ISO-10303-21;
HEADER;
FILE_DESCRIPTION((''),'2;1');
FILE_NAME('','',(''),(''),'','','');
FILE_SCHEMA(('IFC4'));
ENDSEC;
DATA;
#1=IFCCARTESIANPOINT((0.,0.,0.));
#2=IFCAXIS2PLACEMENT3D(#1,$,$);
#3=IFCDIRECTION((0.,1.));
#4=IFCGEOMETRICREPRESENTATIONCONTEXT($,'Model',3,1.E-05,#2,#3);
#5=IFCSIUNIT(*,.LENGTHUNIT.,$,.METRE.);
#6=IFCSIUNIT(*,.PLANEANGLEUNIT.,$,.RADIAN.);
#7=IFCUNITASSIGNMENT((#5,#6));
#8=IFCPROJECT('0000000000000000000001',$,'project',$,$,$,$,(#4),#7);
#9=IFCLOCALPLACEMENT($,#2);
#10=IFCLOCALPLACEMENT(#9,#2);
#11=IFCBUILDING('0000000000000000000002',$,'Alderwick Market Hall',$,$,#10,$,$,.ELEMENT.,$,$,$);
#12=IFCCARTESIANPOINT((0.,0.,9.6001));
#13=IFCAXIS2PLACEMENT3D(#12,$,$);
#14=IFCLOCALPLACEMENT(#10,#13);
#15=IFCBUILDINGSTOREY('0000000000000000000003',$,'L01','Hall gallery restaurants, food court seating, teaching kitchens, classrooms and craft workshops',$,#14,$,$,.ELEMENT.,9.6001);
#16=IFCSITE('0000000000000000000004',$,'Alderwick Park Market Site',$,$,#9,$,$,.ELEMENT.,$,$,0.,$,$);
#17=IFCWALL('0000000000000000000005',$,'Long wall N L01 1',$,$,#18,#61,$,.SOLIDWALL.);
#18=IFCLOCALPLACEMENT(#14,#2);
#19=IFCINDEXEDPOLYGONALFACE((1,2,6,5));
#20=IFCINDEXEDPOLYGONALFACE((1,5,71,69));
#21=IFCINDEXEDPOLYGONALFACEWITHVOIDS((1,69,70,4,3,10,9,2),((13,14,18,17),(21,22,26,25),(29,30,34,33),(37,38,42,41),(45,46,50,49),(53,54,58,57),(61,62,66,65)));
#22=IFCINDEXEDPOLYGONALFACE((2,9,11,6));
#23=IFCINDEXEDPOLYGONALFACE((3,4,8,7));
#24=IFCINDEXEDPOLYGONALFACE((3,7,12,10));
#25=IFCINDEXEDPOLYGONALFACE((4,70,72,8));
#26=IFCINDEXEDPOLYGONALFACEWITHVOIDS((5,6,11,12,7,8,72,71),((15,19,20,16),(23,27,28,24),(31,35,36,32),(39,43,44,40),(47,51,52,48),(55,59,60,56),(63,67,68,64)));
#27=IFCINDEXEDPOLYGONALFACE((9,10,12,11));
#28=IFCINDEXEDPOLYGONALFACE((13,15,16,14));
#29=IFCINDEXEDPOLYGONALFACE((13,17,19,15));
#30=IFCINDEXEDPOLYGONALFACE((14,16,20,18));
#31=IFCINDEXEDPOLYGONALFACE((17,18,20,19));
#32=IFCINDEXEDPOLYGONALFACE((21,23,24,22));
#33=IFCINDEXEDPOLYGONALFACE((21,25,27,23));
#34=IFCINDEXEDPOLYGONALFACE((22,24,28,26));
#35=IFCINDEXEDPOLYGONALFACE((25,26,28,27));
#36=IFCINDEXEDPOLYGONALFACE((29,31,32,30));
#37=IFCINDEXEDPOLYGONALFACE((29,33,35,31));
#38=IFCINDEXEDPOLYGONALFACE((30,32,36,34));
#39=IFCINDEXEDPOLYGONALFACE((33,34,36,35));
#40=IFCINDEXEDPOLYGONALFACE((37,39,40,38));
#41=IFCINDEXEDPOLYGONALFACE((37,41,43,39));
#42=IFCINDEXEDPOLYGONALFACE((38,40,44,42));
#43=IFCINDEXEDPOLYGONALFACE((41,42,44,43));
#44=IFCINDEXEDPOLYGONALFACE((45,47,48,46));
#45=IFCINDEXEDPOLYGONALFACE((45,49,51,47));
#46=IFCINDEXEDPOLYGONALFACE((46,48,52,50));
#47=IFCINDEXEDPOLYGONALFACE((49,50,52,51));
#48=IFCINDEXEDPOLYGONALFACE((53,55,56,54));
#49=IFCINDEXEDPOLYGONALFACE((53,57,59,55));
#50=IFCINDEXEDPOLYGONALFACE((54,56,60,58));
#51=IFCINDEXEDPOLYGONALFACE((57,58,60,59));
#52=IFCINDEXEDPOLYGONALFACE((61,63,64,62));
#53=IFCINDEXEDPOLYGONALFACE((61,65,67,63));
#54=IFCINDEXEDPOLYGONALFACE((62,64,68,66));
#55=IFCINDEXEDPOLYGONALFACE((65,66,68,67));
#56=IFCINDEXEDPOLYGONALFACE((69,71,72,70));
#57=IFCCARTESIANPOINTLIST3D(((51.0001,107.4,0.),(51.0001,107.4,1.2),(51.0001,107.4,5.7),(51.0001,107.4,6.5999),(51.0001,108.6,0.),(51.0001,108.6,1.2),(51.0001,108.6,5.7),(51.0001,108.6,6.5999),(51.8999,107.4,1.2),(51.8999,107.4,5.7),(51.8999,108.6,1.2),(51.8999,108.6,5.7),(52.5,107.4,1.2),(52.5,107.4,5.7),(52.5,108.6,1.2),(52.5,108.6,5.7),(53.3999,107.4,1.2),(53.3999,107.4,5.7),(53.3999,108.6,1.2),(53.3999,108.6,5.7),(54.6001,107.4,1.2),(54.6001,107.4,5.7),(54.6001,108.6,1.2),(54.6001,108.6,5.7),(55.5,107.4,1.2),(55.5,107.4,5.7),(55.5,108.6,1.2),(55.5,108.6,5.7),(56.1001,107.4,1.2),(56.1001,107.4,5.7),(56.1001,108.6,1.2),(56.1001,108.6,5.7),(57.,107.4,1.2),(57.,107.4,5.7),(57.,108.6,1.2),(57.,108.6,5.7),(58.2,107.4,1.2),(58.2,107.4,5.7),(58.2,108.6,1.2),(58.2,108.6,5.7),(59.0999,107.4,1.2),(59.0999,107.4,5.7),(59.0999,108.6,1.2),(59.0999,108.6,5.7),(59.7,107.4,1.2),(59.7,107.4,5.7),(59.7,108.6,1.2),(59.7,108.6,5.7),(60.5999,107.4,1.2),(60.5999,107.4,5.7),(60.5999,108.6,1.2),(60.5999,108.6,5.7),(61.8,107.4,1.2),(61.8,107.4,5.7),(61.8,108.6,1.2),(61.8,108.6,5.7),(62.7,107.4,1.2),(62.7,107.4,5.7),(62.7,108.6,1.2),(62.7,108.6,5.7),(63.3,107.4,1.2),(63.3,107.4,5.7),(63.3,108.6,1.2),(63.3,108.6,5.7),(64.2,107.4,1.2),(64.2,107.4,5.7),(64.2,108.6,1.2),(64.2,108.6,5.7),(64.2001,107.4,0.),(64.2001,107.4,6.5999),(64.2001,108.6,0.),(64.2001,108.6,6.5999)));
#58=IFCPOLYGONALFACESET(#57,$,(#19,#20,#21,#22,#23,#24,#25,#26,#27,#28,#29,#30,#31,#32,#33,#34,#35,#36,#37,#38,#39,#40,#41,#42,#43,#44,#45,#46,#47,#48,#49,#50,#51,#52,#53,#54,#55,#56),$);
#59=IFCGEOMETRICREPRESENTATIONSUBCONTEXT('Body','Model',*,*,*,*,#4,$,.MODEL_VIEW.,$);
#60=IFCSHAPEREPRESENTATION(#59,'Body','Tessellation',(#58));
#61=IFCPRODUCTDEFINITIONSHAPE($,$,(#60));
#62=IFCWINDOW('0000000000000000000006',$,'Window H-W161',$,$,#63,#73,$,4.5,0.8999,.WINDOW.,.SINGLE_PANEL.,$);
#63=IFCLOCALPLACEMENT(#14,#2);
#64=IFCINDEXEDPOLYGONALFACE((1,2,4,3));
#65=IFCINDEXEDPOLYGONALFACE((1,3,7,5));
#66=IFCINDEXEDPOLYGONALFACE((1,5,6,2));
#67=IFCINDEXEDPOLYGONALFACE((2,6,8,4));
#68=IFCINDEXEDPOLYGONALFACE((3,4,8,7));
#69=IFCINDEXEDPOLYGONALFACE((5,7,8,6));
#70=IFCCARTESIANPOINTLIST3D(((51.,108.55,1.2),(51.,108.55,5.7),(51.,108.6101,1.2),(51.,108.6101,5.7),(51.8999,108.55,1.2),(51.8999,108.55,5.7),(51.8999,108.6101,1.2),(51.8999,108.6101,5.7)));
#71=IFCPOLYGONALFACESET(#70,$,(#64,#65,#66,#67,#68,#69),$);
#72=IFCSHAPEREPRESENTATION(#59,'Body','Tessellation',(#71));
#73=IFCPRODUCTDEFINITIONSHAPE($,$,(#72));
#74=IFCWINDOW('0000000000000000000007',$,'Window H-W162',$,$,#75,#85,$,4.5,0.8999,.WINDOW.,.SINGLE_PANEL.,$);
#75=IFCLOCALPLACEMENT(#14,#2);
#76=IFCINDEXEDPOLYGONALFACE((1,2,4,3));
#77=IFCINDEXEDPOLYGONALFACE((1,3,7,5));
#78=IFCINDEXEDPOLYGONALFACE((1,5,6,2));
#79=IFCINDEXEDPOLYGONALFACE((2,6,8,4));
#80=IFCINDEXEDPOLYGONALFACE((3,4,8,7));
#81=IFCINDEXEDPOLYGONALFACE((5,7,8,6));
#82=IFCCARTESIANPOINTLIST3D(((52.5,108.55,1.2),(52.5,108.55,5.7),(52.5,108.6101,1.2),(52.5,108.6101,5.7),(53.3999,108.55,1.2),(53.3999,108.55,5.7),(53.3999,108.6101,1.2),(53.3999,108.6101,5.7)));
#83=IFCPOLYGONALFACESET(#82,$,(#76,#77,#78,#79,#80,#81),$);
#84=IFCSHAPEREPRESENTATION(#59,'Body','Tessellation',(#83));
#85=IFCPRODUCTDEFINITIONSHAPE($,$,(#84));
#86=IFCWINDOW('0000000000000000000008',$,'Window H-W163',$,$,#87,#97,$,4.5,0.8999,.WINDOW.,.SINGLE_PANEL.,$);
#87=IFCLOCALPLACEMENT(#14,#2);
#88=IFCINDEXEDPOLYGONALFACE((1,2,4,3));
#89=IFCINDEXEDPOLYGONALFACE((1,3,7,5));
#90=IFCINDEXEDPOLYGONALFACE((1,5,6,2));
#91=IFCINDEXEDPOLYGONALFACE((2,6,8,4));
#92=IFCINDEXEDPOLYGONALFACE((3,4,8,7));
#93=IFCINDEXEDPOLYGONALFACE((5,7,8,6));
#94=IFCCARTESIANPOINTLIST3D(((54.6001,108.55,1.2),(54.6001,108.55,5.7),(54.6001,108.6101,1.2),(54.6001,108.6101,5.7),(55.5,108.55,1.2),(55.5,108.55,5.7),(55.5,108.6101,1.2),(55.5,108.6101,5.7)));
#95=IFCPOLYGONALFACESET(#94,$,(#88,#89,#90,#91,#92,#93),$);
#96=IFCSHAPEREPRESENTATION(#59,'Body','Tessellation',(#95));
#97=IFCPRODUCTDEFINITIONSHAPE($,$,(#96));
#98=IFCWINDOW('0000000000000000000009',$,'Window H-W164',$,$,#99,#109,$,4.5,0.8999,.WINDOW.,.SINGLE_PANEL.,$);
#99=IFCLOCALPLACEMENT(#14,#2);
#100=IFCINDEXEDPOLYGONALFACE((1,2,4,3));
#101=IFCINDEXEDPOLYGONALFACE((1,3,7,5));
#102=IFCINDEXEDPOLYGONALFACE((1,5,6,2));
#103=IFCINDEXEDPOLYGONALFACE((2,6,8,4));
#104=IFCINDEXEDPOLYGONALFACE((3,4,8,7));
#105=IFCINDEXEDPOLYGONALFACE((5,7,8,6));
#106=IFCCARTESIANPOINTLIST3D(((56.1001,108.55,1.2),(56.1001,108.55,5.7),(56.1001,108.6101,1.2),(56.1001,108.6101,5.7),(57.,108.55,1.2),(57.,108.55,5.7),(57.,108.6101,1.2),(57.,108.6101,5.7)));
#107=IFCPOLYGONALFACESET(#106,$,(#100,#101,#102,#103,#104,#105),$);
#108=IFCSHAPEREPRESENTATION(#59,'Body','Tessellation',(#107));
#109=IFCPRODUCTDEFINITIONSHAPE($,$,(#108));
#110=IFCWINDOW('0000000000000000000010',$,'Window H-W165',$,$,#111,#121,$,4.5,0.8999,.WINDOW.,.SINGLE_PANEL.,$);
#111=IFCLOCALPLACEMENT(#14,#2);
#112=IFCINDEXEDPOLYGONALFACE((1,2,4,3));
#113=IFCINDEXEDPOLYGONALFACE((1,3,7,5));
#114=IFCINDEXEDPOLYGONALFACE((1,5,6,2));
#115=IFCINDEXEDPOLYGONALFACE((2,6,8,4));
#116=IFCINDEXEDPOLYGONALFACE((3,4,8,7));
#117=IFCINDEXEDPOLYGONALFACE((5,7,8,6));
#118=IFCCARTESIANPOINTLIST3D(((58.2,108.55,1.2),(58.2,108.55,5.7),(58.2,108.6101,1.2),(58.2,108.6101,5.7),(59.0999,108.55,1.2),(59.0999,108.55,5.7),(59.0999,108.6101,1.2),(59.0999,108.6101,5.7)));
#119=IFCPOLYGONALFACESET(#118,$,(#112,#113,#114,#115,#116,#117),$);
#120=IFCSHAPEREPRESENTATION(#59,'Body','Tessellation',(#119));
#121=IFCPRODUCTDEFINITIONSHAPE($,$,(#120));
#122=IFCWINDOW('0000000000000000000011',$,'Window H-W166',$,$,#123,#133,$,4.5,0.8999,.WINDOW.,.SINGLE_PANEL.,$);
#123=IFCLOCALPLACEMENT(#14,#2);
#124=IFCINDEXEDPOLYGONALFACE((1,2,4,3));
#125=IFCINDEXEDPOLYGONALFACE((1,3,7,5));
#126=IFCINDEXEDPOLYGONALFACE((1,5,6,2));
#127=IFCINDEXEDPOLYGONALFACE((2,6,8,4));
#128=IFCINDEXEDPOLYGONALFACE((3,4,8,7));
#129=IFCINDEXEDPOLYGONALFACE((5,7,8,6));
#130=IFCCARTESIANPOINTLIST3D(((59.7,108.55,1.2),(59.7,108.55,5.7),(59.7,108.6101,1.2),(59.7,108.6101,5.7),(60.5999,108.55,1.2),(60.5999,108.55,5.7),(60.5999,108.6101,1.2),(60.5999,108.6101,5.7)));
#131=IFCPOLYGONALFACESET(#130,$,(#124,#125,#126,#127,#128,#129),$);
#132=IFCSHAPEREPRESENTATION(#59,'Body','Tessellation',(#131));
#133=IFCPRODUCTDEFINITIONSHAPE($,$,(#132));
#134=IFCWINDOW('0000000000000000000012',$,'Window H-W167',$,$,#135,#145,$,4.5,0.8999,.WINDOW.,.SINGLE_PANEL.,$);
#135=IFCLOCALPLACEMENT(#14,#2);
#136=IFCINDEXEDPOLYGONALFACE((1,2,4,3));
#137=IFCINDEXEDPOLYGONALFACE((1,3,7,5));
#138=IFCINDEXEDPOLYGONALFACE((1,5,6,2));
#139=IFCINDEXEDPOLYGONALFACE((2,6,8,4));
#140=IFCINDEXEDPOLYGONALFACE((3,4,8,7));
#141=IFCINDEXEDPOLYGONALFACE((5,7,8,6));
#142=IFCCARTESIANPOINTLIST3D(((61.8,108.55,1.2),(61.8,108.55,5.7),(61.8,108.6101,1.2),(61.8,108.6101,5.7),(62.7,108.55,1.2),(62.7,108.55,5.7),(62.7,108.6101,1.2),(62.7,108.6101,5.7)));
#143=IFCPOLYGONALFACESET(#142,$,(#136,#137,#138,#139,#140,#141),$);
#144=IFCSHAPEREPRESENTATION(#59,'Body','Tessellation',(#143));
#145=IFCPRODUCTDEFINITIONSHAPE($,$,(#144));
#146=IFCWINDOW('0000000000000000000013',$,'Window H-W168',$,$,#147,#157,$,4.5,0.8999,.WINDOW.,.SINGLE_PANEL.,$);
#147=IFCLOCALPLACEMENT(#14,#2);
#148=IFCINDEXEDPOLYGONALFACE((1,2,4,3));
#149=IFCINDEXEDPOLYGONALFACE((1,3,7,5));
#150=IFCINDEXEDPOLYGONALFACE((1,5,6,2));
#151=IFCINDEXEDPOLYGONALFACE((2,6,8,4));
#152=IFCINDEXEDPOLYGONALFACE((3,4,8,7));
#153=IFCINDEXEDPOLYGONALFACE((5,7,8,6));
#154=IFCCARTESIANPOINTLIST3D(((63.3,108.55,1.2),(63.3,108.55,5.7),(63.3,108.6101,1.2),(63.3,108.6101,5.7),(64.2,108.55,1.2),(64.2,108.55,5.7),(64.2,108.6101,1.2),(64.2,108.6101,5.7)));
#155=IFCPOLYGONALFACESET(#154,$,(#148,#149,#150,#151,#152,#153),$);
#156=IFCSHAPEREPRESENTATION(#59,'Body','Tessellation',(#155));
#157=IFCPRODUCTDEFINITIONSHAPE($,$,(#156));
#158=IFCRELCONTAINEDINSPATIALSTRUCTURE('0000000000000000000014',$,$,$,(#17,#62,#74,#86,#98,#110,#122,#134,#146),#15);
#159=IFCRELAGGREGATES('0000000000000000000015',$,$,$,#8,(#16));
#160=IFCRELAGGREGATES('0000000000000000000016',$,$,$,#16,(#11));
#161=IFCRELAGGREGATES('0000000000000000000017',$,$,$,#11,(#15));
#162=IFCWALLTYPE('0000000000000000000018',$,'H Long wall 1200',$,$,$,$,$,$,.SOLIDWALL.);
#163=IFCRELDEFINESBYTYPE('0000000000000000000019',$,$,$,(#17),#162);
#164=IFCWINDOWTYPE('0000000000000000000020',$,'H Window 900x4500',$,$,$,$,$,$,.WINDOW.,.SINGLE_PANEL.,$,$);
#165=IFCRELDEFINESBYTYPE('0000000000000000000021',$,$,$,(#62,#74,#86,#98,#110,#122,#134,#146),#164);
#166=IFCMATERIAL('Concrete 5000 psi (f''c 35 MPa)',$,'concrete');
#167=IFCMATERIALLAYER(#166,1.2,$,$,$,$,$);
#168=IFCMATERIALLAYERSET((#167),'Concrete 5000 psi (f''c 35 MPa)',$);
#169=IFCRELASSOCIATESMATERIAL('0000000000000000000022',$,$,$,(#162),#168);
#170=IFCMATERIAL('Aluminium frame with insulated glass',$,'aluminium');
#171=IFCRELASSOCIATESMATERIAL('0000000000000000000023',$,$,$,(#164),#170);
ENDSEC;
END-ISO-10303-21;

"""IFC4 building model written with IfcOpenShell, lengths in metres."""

from ifc_helpers import new_model, si_unit, direction, frame, frame_2d, origin, place, context, subcontext, project, spatial, rectangle, extrude, material, layer, layer_set, type_object, element, fill, save


model = new_model("IFC4")

# Units and contexts
model_context = context("Model", 3, precision=1e-05, world=origin(), true_north=direction((0.0, 1.0)))
body_context = subcontext(model_context, "Body", "Model", "MODEL_VIEW")
ifc_project = project(units=[si_unit("LENGTHUNIT", "METRE"), si_unit("PLANEANGLEUNIT", "RADIAN")], contexts=[model_context])

# Site, building, storey
site_placement = place(None, origin())
site = spatial("IfcSite", under=ifc_project, at=site_placement, Name="Alderwick Park Market Site", CompositionType="ELEMENT", RefElevation=0.0)
building_placement = place(site_placement, origin())
building = spatial("IfcBuilding", under=site, at=building_placement, Name="Alderwick Market Hall", CompositionType="ELEMENT")
storey_placement = place(building_placement, frame((0.0, 0.0, 9.6001)))
storey = spatial("IfcBuildingStorey", under=building, at=storey_placement, Name="L01", Description="Hall gallery restaurants, food court seating, teaching kitchens, classrooms and craft workshops", CompositionType="ELEMENT", Elevation=9.6001)

# Shared definitions
ifc_material_1 = material(Name="Concrete 5000 psi (f'c 35 MPa)", Category="concrete")

# Wall, openings, windows
ifc_layer_1 = layer(ifc_material_1, 1.2)
ifc_layer_set_1 = layer_set([ifc_layer_1], Name="Concrete 5000 psi (f'c 35 MPa)")
wall_type_1 = type_object("IfcWallType", Name="H Long wall 1200", PredefinedType="SOLIDWALL", material=ifc_layer_set_1)
wall_1_placement = place(storey_placement, frame((51.0, 108.0, 0.0), z_axis=(0.0, 0.0, 1.0), x_axis=(1.0, 0.0, 0.0)))
wall_1 = element("IfcWall", 1, at=wall_1_placement, inside=storey, type_object=wall_type_1, Name="Long wall N L01 1", PredefinedType="SOLIDWALL", context=body_context, shape_type="SweptSolid", body=[
    extrude(rectangle(XDim=13.2, YDim=1.2, at=frame_2d((6.6001, 0.0))), origin(), (0.0, 0.0, 1.0), 6.5999),
])
opening_1_placement = place(wall_1_placement, frame((0.0, 0.0, 1.2)))
opening_1 = element("IfcOpeningElement", 2, at=opening_1_placement, cuts=wall_1, PredefinedType="OPENING", context=body_context, shape_type="SweptSolid", body=[
    extrude(rectangle(XDim=0.8999, YDim=4.5, at=frame_2d((0.45, 2.25))), frame((0.0, 0.6099, 0.0), z_axis=(0.0, -1.0, 0.0), x_axis=(1.0, 0.0, 0.0)), (0.0, 0.0, 1.0), 1.22),
])
opening_2_placement = place(wall_1_placement, frame((1.5, 0.0, 1.2)))
opening_2 = element("IfcOpeningElement", 3, at=opening_2_placement, cuts=wall_1, PredefinedType="OPENING", context=body_context, shape_type="SweptSolid", body=[
    extrude(rectangle(XDim=0.8999, YDim=4.5, at=frame_2d((0.45, 2.25))), frame((0.0, 0.6099, 0.0), z_axis=(0.0, -1.0, 0.0), x_axis=(1.0, 0.0, 0.0)), (0.0, 0.0, 1.0), 1.22),
])
opening_3_placement = place(wall_1_placement, frame((3.6001, 0.0, 1.2)))
opening_3 = element("IfcOpeningElement", 4, at=opening_3_placement, cuts=wall_1, PredefinedType="OPENING", context=body_context, shape_type="SweptSolid", body=[
    extrude(rectangle(XDim=0.8999, YDim=4.5, at=frame_2d((0.45, 2.25))), frame((0.0, 0.6099, 0.0), z_axis=(0.0, -1.0, 0.0), x_axis=(1.0, 0.0, 0.0)), (0.0, 0.0, 1.0), 1.22),
])
opening_4_placement = place(wall_1_placement, frame((5.1001, 0.0, 1.2)))
opening_4 = element("IfcOpeningElement", 5, at=opening_4_placement, cuts=wall_1, PredefinedType="OPENING", context=body_context, shape_type="SweptSolid", body=[
    extrude(rectangle(XDim=0.8999, YDim=4.5, at=frame_2d((0.45, 2.25))), frame((0.0, 0.6099, 0.0), z_axis=(0.0, -1.0, 0.0), x_axis=(1.0, 0.0, 0.0)), (0.0, 0.0, 1.0), 1.22),
])
opening_5_placement = place(wall_1_placement, frame((7.2, 0.0, 1.2)))
opening_5 = element("IfcOpeningElement", 6, at=opening_5_placement, cuts=wall_1, PredefinedType="OPENING", context=body_context, shape_type="SweptSolid", body=[
    extrude(rectangle(XDim=0.8999, YDim=4.5, at=frame_2d((0.45, 2.25))), frame((0.0, 0.6099, 0.0), z_axis=(0.0, -1.0, 0.0), x_axis=(1.0, 0.0, 0.0)), (0.0, 0.0, 1.0), 1.22),
])
opening_6_placement = place(wall_1_placement, frame((8.7, 0.0, 1.2)))
opening_6 = element("IfcOpeningElement", 7, at=opening_6_placement, cuts=wall_1, PredefinedType="OPENING", context=body_context, shape_type="SweptSolid", body=[
    extrude(rectangle(XDim=0.8999, YDim=4.5, at=frame_2d((0.45, 2.25))), frame((0.0, 0.6099, 0.0), z_axis=(0.0, -1.0, 0.0), x_axis=(1.0, 0.0, 0.0)), (0.0, 0.0, 1.0), 1.22),
])
opening_7_placement = place(wall_1_placement, frame((10.8, 0.0, 1.2)))
opening_7 = element("IfcOpeningElement", 8, at=opening_7_placement, cuts=wall_1, PredefinedType="OPENING", context=body_context, shape_type="SweptSolid", body=[
    extrude(rectangle(XDim=0.8999, YDim=4.5, at=frame_2d((0.45, 2.25))), frame((0.0, 0.6099, 0.0), z_axis=(0.0, -1.0, 0.0), x_axis=(1.0, 0.0, 0.0)), (0.0, 0.0, 1.0), 1.22),
])
opening_8_placement = place(wall_1_placement, frame((12.3, 0.0, 1.2)))
opening_8 = element("IfcOpeningElement", 9, at=opening_8_placement, cuts=wall_1, PredefinedType="OPENING", context=body_context, shape_type="SweptSolid", body=[
    extrude(rectangle(XDim=0.8999, YDim=4.5, at=frame_2d((0.45, 2.25))), frame((0.0, 0.6099, 0.0), z_axis=(0.0, -1.0, 0.0), x_axis=(1.0, 0.0, 0.0)), (0.0, 0.0, 1.0), 1.22),
])
ifc_material_2 = material(Name="Aluminium frame with insulated glass", Category="aluminium")
window_type = type_object("IfcWindowType", Name="H Window 900x4500", PartitioningType="SINGLE_PANEL", PredefinedType="WINDOW", material=ifc_material_2)
window_1_placement = place(opening_1_placement, origin())
window_1 = element("IfcWindow", 10, at=window_1_placement, inside=storey, type_object=window_type, Name="Window H-W161", OverallHeight=4.5, OverallWidth=0.8999, PartitioningType="SINGLE_PANEL", PredefinedType="WINDOW", context=body_context, shape_type="SweptSolid", body=[
    extrude(rectangle(XDim=0.8999, YDim=4.5, at=frame_2d((0.45, 2.25))), frame((0.0, 0.6101, 0.0), z_axis=(0.0, -1.0, 0.0), x_axis=(1.0, 0.0, 0.0)), (0.0, 0.0, 1.0), 0.0601),
])
fill(opening_1, window_1)
window_2_placement = place(opening_2_placement, origin())
window_2 = element("IfcWindow", 11, at=window_2_placement, inside=storey, type_object=window_type, Name="Window H-W162", OverallHeight=4.5, OverallWidth=0.8999, PartitioningType="SINGLE_PANEL", PredefinedType="WINDOW", context=body_context, shape_type="SweptSolid", body=[
    extrude(rectangle(XDim=0.8999, YDim=4.5, at=frame_2d((0.45, 2.25))), frame((0.0, 0.6101, 0.0), z_axis=(0.0, -1.0, 0.0), x_axis=(1.0, 0.0, 0.0)), (0.0, 0.0, 1.0), 0.0601),
])
fill(opening_2, window_2)
window_3_placement = place(opening_3_placement, origin())
window_3 = element("IfcWindow", 12, at=window_3_placement, inside=storey, type_object=window_type, Name="Window H-W163", OverallHeight=4.5, OverallWidth=0.8999, PartitioningType="SINGLE_PANEL", PredefinedType="WINDOW", context=body_context, shape_type="SweptSolid", body=[
    extrude(rectangle(XDim=0.8999, YDim=4.5, at=frame_2d((0.45, 2.25))), frame((0.0, 0.6101, 0.0), z_axis=(0.0, -1.0, 0.0), x_axis=(1.0, 0.0, 0.0)), (0.0, 0.0, 1.0), 0.0601),
])
fill(opening_3, window_3)
window_4_placement = place(opening_4_placement, origin())
window_4 = element("IfcWindow", 13, at=window_4_placement, inside=storey, type_object=window_type, Name="Window H-W164", OverallHeight=4.5, OverallWidth=0.8999, PartitioningType="SINGLE_PANEL", PredefinedType="WINDOW", context=body_context, shape_type="SweptSolid", body=[
    extrude(rectangle(XDim=0.8999, YDim=4.5, at=frame_2d((0.45, 2.25))), frame((0.0, 0.6101, 0.0), z_axis=(0.0, -1.0, 0.0), x_axis=(1.0, 0.0, 0.0)), (0.0, 0.0, 1.0), 0.0601),
])
fill(opening_4, window_4)
window_5_placement = place(opening_5_placement, origin())
window_5 = element("IfcWindow", 14, at=window_5_placement, inside=storey, type_object=window_type, Name="Window H-W165", OverallHeight=4.5, OverallWidth=0.8999, PartitioningType="SINGLE_PANEL", PredefinedType="WINDOW", context=body_context, shape_type="SweptSolid", body=[
    extrude(rectangle(XDim=0.8999, YDim=4.5, at=frame_2d((0.45, 2.25))), frame((0.0, 0.6101, 0.0), z_axis=(0.0, -1.0, 0.0), x_axis=(1.0, 0.0, 0.0)), (0.0, 0.0, 1.0), 0.0601),
])
fill(opening_5, window_5)
window_6_placement = place(opening_6_placement, origin())
window_6 = element("IfcWindow", 15, at=window_6_placement, inside=storey, type_object=window_type, Name="Window H-W166", OverallHeight=4.5, OverallWidth=0.8999, PartitioningType="SINGLE_PANEL", PredefinedType="WINDOW", context=body_context, shape_type="SweptSolid", body=[
    extrude(rectangle(XDim=0.8999, YDim=4.5, at=frame_2d((0.45, 2.25))), frame((0.0, 0.6101, 0.0), z_axis=(0.0, -1.0, 0.0), x_axis=(1.0, 0.0, 0.0)), (0.0, 0.0, 1.0), 0.0601),
])
fill(opening_6, window_6)
window_7_placement = place(opening_7_placement, origin())
window_7 = element("IfcWindow", 16, at=window_7_placement, inside=storey, type_object=window_type, Name="Window H-W167", OverallHeight=4.5, OverallWidth=0.8999, PartitioningType="SINGLE_PANEL", PredefinedType="WINDOW", context=body_context, shape_type="SweptSolid", body=[
    extrude(rectangle(XDim=0.8999, YDim=4.5, at=frame_2d((0.45, 2.25))), frame((0.0, 0.6101, 0.0), z_axis=(0.0, -1.0, 0.0), x_axis=(1.0, 0.0, 0.0)), (0.0, 0.0, 1.0), 0.0601),
])
fill(opening_7, window_7)
window_8_placement = place(opening_8_placement, origin())
window_8 = element("IfcWindow", 17, at=window_8_placement, inside=storey, type_object=window_type, Name="Window H-W168", OverallHeight=4.5, OverallWidth=0.8999, PartitioningType="SINGLE_PANEL", PredefinedType="WINDOW", context=body_context, shape_type="SweptSolid", body=[
    extrude(rectangle(XDim=0.8999, YDim=4.5, at=frame_2d((0.45, 2.25))), frame((0.0, 0.6101, 0.0), z_axis=(0.0, -1.0, 0.0), x_axis=(1.0, 0.0, 0.0)), (0.0, 0.0, 1.0), 0.0601),
])
fill(opening_8, window_8)

save(model, "model.ifc")
